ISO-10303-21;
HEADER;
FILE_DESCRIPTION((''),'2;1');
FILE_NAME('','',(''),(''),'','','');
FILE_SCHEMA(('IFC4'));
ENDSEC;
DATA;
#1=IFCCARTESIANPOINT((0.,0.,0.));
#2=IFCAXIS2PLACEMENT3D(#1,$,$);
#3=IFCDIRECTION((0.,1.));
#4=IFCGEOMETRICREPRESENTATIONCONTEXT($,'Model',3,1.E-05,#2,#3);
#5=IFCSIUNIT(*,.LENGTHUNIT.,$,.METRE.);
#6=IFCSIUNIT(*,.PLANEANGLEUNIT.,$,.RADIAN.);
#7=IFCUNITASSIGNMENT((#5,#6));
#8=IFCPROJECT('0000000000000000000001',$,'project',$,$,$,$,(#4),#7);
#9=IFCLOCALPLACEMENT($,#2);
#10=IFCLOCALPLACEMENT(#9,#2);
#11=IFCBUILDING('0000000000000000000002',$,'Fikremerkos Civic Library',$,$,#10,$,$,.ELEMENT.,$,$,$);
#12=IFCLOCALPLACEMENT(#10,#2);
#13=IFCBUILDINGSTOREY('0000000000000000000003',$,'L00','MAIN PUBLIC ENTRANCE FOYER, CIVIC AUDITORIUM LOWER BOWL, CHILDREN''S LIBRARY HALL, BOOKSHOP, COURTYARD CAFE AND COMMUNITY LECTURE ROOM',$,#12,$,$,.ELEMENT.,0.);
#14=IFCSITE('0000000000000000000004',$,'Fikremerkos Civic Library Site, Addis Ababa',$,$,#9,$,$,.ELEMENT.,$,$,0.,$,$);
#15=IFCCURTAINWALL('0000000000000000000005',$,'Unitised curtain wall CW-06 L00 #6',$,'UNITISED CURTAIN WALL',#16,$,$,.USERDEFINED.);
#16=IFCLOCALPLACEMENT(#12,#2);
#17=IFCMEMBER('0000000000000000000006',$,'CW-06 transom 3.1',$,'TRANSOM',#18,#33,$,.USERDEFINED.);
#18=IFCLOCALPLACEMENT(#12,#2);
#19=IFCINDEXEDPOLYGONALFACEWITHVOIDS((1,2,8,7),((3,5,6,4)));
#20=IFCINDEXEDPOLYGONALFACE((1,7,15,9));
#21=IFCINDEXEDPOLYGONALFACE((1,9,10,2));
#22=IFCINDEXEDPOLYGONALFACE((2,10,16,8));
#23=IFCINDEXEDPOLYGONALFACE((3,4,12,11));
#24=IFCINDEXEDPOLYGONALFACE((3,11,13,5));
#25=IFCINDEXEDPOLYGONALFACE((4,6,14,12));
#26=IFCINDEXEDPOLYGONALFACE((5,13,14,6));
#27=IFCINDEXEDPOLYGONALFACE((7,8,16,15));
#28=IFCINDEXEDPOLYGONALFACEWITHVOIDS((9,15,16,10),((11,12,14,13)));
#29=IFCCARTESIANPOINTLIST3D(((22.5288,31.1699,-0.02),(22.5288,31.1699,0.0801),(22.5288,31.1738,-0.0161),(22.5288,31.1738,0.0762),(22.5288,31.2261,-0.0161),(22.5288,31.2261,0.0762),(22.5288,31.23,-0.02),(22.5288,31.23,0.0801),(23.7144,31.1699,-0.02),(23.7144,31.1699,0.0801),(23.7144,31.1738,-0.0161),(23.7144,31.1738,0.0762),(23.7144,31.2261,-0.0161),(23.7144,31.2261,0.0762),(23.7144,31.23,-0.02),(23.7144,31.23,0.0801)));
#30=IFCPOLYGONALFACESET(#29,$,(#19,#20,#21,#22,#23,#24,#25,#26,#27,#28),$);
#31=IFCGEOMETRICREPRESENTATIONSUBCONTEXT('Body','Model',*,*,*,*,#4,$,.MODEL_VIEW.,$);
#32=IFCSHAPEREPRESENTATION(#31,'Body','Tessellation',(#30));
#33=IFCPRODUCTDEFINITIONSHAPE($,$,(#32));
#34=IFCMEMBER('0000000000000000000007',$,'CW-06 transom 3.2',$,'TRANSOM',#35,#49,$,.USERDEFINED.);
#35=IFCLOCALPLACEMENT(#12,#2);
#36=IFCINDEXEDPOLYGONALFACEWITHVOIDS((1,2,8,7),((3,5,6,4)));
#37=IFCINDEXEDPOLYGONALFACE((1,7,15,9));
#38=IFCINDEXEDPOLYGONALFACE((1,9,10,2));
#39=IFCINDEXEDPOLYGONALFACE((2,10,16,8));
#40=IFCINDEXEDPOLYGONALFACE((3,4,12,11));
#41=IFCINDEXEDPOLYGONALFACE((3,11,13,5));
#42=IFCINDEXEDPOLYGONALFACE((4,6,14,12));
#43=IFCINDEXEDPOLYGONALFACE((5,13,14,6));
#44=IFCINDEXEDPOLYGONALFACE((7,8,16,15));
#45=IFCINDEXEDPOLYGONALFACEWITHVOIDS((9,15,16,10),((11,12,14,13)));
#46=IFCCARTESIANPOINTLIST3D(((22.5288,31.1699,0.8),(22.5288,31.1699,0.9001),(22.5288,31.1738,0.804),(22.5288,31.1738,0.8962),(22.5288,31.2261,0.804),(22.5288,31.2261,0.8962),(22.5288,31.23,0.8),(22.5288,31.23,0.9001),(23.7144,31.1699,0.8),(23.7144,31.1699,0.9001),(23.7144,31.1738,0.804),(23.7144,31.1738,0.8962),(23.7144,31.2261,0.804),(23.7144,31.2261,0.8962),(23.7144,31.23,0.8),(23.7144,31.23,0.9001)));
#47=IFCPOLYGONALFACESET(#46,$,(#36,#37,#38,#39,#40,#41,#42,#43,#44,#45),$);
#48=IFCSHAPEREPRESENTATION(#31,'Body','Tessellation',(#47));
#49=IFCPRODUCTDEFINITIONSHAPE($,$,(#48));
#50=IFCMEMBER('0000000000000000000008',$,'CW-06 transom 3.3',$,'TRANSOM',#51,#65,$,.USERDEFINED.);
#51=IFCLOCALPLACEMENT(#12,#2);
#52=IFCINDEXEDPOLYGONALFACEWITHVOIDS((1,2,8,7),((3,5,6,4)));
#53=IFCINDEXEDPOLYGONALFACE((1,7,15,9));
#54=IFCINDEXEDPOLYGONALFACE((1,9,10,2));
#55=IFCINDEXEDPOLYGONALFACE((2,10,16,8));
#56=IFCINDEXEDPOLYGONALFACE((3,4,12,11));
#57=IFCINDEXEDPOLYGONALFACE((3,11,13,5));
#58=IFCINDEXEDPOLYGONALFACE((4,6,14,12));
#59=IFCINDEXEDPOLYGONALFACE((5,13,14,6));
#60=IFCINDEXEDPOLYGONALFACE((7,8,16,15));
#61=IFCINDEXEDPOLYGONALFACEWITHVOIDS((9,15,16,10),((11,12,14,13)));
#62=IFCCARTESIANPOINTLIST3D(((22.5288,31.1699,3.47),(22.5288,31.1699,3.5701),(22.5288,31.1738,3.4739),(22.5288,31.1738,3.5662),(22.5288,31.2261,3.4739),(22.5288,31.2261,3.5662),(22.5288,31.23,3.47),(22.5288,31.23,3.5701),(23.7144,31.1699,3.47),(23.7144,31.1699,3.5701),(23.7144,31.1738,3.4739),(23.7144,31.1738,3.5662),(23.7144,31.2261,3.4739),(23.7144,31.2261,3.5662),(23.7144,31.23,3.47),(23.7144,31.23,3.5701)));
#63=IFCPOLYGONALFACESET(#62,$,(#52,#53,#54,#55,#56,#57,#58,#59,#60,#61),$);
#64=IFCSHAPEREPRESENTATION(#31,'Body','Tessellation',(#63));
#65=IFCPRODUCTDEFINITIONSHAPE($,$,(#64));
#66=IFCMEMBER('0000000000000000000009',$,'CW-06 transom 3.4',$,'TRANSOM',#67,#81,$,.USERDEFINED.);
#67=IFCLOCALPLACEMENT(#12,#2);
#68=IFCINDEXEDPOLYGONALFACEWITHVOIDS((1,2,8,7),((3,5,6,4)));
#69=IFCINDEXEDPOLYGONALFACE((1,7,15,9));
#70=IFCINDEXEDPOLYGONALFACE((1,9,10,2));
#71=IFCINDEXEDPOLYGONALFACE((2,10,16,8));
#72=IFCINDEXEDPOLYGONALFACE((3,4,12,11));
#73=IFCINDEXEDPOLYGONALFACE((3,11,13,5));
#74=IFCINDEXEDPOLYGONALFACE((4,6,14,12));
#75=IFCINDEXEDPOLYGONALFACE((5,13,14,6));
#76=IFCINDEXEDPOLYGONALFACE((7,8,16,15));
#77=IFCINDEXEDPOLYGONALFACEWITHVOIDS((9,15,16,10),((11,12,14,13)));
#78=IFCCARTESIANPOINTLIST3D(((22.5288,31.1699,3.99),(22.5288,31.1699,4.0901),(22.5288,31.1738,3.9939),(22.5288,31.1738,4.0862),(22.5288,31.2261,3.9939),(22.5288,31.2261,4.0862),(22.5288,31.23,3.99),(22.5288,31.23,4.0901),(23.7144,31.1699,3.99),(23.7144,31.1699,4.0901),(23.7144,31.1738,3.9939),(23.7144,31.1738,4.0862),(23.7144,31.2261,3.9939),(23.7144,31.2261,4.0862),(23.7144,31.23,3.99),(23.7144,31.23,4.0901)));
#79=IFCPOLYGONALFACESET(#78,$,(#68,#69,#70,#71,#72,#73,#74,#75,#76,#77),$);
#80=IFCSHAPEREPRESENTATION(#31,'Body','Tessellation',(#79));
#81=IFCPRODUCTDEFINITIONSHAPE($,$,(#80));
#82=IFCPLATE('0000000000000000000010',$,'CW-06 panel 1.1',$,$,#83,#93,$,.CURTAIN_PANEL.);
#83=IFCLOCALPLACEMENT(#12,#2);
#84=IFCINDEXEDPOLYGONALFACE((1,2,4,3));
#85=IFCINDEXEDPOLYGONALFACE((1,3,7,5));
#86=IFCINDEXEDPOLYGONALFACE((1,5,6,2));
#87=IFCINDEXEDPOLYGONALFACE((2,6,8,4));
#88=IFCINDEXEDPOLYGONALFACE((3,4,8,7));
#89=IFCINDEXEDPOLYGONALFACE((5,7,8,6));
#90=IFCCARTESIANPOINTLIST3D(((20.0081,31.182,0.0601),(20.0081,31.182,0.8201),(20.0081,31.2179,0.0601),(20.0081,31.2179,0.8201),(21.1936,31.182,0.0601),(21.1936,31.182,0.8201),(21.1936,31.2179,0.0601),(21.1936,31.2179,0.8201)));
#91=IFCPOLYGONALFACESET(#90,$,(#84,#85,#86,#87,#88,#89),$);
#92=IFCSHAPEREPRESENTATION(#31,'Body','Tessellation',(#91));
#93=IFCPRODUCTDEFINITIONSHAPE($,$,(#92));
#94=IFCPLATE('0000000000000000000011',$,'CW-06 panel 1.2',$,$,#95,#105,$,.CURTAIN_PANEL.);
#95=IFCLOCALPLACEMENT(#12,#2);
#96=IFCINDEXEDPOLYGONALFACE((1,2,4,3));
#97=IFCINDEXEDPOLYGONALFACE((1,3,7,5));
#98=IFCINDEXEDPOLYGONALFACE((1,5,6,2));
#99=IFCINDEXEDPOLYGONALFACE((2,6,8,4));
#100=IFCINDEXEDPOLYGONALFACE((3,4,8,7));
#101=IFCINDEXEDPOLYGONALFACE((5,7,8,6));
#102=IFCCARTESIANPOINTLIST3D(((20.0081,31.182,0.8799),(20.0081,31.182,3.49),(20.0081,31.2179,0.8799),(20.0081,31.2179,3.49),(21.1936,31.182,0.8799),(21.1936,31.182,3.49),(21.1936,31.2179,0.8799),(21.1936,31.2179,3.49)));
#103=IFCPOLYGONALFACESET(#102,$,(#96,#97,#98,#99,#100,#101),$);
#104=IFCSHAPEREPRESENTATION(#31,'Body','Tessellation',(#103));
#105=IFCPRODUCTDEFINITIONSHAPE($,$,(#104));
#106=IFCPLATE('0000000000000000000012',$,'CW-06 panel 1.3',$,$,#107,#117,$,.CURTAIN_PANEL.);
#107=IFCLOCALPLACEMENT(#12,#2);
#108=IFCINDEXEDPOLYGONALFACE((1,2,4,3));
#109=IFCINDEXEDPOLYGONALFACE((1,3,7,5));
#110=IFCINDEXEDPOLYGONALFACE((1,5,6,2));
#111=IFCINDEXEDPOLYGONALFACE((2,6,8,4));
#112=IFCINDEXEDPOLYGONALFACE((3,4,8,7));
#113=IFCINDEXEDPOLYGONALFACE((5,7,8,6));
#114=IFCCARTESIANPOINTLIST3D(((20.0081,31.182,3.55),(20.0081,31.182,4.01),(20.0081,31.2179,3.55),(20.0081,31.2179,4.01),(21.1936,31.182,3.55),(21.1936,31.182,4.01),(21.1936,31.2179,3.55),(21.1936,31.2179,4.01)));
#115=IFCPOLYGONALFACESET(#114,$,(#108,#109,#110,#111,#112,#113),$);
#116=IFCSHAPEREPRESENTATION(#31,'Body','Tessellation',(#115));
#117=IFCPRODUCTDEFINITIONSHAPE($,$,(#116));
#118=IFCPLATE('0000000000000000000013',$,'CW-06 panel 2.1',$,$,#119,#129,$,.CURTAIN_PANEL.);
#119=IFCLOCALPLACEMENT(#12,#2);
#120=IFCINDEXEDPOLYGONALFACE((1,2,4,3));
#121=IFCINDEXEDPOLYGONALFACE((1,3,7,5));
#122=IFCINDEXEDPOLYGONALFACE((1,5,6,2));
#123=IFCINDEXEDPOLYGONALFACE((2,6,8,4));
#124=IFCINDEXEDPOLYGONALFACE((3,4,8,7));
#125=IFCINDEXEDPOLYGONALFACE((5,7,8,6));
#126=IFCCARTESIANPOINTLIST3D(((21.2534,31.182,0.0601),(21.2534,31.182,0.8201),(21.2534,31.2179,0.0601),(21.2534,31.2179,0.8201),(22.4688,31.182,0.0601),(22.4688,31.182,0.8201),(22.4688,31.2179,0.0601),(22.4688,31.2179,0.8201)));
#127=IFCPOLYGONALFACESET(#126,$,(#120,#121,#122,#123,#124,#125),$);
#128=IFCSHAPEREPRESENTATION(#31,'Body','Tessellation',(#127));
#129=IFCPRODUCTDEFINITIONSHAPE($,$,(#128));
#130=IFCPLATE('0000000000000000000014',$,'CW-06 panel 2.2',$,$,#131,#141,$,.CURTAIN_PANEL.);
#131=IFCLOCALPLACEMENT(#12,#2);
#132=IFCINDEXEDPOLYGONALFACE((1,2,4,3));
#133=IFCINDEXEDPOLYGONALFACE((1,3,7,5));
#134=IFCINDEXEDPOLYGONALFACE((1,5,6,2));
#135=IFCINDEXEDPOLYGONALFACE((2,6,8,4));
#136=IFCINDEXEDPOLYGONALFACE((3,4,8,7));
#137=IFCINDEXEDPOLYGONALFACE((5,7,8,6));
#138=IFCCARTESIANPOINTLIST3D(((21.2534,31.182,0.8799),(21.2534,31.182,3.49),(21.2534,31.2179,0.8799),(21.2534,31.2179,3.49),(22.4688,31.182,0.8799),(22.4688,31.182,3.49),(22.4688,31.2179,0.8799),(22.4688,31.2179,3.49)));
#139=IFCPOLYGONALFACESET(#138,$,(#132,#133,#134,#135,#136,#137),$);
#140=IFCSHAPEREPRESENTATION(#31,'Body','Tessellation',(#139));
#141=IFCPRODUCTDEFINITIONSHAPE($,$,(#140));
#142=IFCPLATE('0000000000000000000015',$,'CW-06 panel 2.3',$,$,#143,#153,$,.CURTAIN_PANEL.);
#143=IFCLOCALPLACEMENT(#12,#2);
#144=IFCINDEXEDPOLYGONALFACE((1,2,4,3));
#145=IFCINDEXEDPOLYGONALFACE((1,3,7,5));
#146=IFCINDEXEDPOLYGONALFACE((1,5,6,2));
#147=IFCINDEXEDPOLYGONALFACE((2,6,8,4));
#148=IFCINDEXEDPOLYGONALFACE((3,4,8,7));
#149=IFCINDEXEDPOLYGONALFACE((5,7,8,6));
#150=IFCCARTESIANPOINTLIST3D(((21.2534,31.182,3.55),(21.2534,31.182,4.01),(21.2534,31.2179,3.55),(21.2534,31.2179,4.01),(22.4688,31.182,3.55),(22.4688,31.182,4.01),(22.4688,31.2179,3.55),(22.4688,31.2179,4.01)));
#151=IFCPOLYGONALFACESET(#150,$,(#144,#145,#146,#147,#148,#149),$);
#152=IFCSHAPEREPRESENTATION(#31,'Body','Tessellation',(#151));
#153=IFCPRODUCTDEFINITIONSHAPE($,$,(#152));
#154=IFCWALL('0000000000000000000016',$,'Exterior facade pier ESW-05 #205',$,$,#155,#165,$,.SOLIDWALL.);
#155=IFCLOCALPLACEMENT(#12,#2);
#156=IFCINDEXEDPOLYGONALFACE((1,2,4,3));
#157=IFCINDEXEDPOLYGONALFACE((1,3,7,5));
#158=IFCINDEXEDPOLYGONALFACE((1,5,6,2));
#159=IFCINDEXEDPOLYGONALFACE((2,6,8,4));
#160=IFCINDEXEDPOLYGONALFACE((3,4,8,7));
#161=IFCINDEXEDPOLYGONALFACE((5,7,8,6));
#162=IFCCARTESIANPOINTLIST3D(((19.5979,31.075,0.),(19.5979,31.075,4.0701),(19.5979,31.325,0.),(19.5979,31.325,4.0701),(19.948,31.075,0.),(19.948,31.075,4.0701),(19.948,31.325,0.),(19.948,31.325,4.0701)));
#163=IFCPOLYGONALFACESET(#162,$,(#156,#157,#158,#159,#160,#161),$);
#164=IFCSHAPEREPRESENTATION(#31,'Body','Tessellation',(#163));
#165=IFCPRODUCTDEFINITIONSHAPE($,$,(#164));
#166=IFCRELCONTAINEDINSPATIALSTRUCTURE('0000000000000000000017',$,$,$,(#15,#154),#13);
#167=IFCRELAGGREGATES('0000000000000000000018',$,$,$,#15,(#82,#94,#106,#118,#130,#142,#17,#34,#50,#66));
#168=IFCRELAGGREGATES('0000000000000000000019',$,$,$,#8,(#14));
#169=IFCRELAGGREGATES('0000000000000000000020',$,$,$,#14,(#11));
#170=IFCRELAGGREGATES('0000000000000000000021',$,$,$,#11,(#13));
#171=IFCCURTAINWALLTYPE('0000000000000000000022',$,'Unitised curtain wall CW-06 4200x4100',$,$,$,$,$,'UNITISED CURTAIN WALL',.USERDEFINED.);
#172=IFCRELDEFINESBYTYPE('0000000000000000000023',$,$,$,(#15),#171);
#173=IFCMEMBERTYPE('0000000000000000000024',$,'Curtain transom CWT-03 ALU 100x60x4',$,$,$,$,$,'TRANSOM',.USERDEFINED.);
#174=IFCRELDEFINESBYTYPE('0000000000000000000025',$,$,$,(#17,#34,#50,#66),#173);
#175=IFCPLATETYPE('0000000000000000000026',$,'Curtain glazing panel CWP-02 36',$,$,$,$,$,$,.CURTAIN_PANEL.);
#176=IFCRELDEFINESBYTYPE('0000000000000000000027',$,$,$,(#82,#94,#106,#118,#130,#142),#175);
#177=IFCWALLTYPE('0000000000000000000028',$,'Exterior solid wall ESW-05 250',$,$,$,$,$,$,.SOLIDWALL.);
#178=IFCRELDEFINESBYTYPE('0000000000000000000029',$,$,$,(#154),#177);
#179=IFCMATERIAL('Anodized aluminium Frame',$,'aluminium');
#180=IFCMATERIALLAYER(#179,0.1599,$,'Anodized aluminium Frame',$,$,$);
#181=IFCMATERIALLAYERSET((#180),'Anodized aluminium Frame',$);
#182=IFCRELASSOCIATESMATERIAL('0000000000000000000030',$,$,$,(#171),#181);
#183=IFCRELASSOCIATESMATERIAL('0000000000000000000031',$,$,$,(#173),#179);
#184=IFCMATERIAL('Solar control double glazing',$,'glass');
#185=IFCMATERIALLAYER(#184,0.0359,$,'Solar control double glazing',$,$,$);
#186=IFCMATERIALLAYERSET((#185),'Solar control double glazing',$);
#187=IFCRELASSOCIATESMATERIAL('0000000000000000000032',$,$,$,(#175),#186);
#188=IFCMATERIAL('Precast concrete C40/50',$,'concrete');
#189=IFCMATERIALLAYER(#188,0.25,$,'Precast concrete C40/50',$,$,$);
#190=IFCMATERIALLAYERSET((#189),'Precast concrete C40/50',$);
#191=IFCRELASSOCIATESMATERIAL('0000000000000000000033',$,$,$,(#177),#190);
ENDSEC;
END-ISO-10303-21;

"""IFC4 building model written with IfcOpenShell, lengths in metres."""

from ifc_helpers import new_model, si_unit, direction, frame, frame_2d, origin, origin_2d, place, context, subcontext, project, spatial, rectangle, hollow_rectangle, extrude, material, layer, layer_set, material_profile, profile_set, type_object, element, aggregate, save


model = new_model("IFC4")

# Units and contexts
model_context = context("Model", 3, precision=1e-05, world=origin(), true_north=direction((0.0, 1.0)))
body_context = subcontext(model_context, "Body", "Model", "MODEL_VIEW")
ifc_project = project(units=[si_unit("LENGTHUNIT", "METRE"), si_unit("PLANEANGLEUNIT", "RADIAN")], contexts=[model_context])

# Site, building, storey
site_placement = place(None, origin())
site = spatial("IfcSite", under=ifc_project, at=site_placement, Name="Fikremerkos Civic Library Site, Addis Ababa", CompositionType="ELEMENT", RefElevation=0.0)
building_placement = place(site_placement, origin())
building = spatial("IfcBuilding", under=site, at=building_placement, Name="Fikremerkos Civic Library", CompositionType="ELEMENT")
storey_placement = place(building_placement, origin())
storey = spatial("IfcBuildingStorey", under=building, at=storey_placement, Name="L00", Description="MAIN PUBLIC ENTRANCE FOYER, CIVIC AUDITORIUM LOWER BOWL, CHILDREN'S LIBRARY HALL, BOOKSHOP, COURTYARD CAFE AND COMMUNITY LECTURE ROOM", CompositionType="ELEMENT", Elevation=0.0)

# Curtain wall, members, plates
ifc_material_1 = material(Name="Anodized aluminium Frame", Category="aluminium")
ifc_layer_1 = layer(ifc_material_1, 0.1599, Name="Anodized aluminium Frame")
ifc_layer_set_1 = layer_set([ifc_layer_1], Name="Anodized aluminium Frame")
curtain_wall_type = type_object("IfcCurtainWallType", Name="Unitised curtain wall CW-06 4200x4100", ElementType="UNITISED CURTAIN WALL", PredefinedType="USERDEFINED", material=ifc_layer_set_1)
curtain_wall_placement = place(storey_placement, origin())
curtain_wall = element("IfcCurtainWall", 1, at=curtain_wall_placement, inside=storey, type_object=curtain_wall_type, Name="Unitised curtain wall CW-06 L00 #6", ObjectType="UNITISED CURTAIN WALL", PredefinedType="USERDEFINED")
ifc_material_profile_1 = material_profile(ifc_material_1, hollow_rectangle(XDim=0.0601, YDim=0.1001, WallThickness=0.0039, at=origin_2d()), Name="ALU 100x60x4")
ifc_profile_set_1 = profile_set([ifc_material_profile_1], Name="Anodized aluminium Frame")
member_type_1 = type_object("IfcMemberType", Name="Curtain transom CWT-03 ALU 100x60x4", ElementType="TRANSOM", PredefinedType="USERDEFINED", material=ifc_profile_set_1)
member_1_placement = place(storey_placement, frame((22.5288, 31.2, 0.03), z_axis=(1.0, 0.0, 0.0), x_axis=(0.0, 1.0, 0.0)))
member_1 = element("IfcMember", 2, at=member_1_placement, type_object=member_type_1, Name="CW-06 transom 3.1", ObjectType="TRANSOM", PredefinedType="USERDEFINED", context=body_context, shape_type="SweptSolid", body=[
    extrude(hollow_rectangle(XDim=0.0601, YDim=0.1001, WallThickness=0.0039, at=origin_2d()), origin(), (0.0, 0.0, 1.0), 1.1855),
])
member_2_placement = place(storey_placement, frame((22.5288, 31.2, 0.8501), z_axis=(1.0, 0.0, 0.0), x_axis=(0.0, 1.0, 0.0)))
member_2 = element("IfcMember", 3, at=member_2_placement, type_object=member_type_1, Name="CW-06 transom 3.2", ObjectType="TRANSOM", PredefinedType="USERDEFINED", context=body_context, shape_type="SweptSolid", body=[
    extrude(hollow_rectangle(XDim=0.0601, YDim=0.1001, WallThickness=0.0039, at=origin_2d()), origin(), (0.0, 0.0, 1.0), 1.1855),
])
member_3_placement = place(storey_placement, frame((22.5288, 31.2, 3.52), z_axis=(1.0, 0.0, 0.0), x_axis=(0.0, 1.0, 0.0)))
member_3 = element("IfcMember", 4, at=member_3_placement, type_object=member_type_1, Name="CW-06 transom 3.3", ObjectType="TRANSOM", PredefinedType="USERDEFINED", context=body_context, shape_type="SweptSolid", body=[
    extrude(hollow_rectangle(XDim=0.0601, YDim=0.1001, WallThickness=0.0039, at=origin_2d()), origin(), (0.0, 0.0, 1.0), 1.1855),
])
member_4_placement = place(storey_placement, frame((22.5288, 31.2, 4.04), z_axis=(1.0, 0.0, 0.0), x_axis=(0.0, 1.0, 0.0)))
member_4 = element("IfcMember", 5, at=member_4_placement, type_object=member_type_1, Name="CW-06 transom 3.4", ObjectType="TRANSOM", PredefinedType="USERDEFINED", context=body_context, shape_type="SweptSolid", body=[
    extrude(hollow_rectangle(XDim=0.0601, YDim=0.1001, WallThickness=0.0039, at=origin_2d()), origin(), (0.0, 0.0, 1.0), 1.1855),
])
ifc_material_2 = material(Name="Solar control double glazing", Category="glass")
ifc_layer_2 = layer(ifc_material_2, 0.0359, Name="Solar control double glazing")
ifc_layer_set_2 = layer_set([ifc_layer_2], Name="Solar control double glazing")
plate_type = type_object("IfcPlateType", Name="Curtain glazing panel CWP-02 36", PredefinedType="CURTAIN_PANEL", material=ifc_layer_set_2)
plate_1_placement = place(storey_placement, frame((20.6008, 31.2, 0.0601), z_axis=(0.0, 0.0, 1.0), x_axis=(1.0, 0.0, 0.0)))
plate_1 = element("IfcPlate", 6, at=plate_1_placement, type_object=plate_type, Name="CW-06 panel 1.1", PredefinedType="CURTAIN_PANEL", context=body_context, shape_type="SweptSolid", body=[
    extrude(rectangle(XDim=1.1855, YDim=0.0359, at=origin_2d()), origin(), (0.0, 0.0, 1.0), 0.76),
])
plate_2_placement = place(storey_placement, frame((20.6008, 31.2, 0.8799), z_axis=(0.0, 0.0, 1.0), x_axis=(1.0, 0.0, 0.0)))
plate_2 = element("IfcPlate", 7, at=plate_2_placement, type_object=plate_type, Name="CW-06 panel 1.2", PredefinedType="CURTAIN_PANEL", context=body_context, shape_type="SweptSolid", body=[
    extrude(rectangle(XDim=1.1855, YDim=0.0359, at=origin_2d()), origin(), (0.0, 0.0, 1.0), 2.6101),
])
plate_3_placement = place(storey_placement, frame((20.6008, 31.2, 3.55), z_axis=(0.0, 0.0, 1.0), x_axis=(1.0, 0.0, 0.0)))
plate_3 = element("IfcPlate", 8, at=plate_3_placement, type_object=plate_type, Name="CW-06 panel 1.3", PredefinedType="CURTAIN_PANEL", context=body_context, shape_type="SweptSolid", body=[
    extrude(rectangle(XDim=1.1855, YDim=0.0359, at=origin_2d()), origin(), (0.0, 0.0, 1.0), 0.46),
])
plate_4_placement = place(storey_placement, frame((21.8611, 31.2, 0.0601), z_axis=(0.0, 0.0, 1.0), x_axis=(1.0, 0.0, 0.0)))
plate_4 = element("IfcPlate", 9, at=plate_4_placement, type_object=plate_type, Name="CW-06 panel 2.1", PredefinedType="CURTAIN_PANEL", context=body_context, shape_type="SweptSolid", body=[
    extrude(rectangle(XDim=1.2153, YDim=0.0359, at=origin_2d()), origin(), (0.0, 0.0, 1.0), 0.76),
])
plate_5_placement = place(storey_placement, frame((21.8611, 31.2, 0.8799), z_axis=(0.0, 0.0, 1.0), x_axis=(1.0, 0.0, 0.0)))
plate_5 = element("IfcPlate", 10, at=plate_5_placement, type_object=plate_type, Name="CW-06 panel 2.2", PredefinedType="CURTAIN_PANEL", context=body_context, shape_type="SweptSolid", body=[
    extrude(rectangle(XDim=1.2153, YDim=0.0359, at=origin_2d()), origin(), (0.0, 0.0, 1.0), 2.6101),
])
plate_6_placement = place(storey_placement, frame((21.8611, 31.2, 3.55), z_axis=(0.0, 0.0, 1.0), x_axis=(1.0, 0.0, 0.0)))
plate_6 = element("IfcPlate", 11, at=plate_6_placement, type_object=plate_type, Name="CW-06 panel 2.3", PredefinedType="CURTAIN_PANEL", context=body_context, shape_type="SweptSolid", body=[
    extrude(rectangle(XDim=1.2153, YDim=0.0359, at=origin_2d()), origin(), (0.0, 0.0, 1.0), 0.46),
])
aggregate(curtain_wall, [plate_1, plate_2, plate_3, plate_4, plate_5, plate_6, member_1, member_2, member_3, member_4])

# Wall
ifc_material_3 = material(Name="Precast concrete C40/50", Category="concrete")
ifc_layer_3 = layer(ifc_material_3, 0.25, Name="Precast concrete C40/50")
ifc_layer_set_3 = layer_set([ifc_layer_3], Name="Precast concrete C40/50")
wall_type = type_object("IfcWallType", Name="Exterior solid wall ESW-05 250", PredefinedType="SOLIDWALL", material=ifc_layer_set_3)
wall_placement = place(storey_placement, frame((19.5979, 31.2, 0.0), z_axis=(0.0, 0.0, 1.0), x_axis=(1.0, 0.0, 0.0)))
element("IfcWall", 12, at=wall_placement, inside=storey, type_object=wall_type, Name="Exterior facade pier ESW-05 #205", PredefinedType="SOLIDWALL", context=body_context, shape_type="SweptSolid", body=[
    extrude(rectangle(XDim=0.3501, YDim=0.25, at=frame_2d((0.175, 0.0))), origin(), (0.0, 0.0, 1.0), 4.0701),
])

save(model, "model.ifc")
